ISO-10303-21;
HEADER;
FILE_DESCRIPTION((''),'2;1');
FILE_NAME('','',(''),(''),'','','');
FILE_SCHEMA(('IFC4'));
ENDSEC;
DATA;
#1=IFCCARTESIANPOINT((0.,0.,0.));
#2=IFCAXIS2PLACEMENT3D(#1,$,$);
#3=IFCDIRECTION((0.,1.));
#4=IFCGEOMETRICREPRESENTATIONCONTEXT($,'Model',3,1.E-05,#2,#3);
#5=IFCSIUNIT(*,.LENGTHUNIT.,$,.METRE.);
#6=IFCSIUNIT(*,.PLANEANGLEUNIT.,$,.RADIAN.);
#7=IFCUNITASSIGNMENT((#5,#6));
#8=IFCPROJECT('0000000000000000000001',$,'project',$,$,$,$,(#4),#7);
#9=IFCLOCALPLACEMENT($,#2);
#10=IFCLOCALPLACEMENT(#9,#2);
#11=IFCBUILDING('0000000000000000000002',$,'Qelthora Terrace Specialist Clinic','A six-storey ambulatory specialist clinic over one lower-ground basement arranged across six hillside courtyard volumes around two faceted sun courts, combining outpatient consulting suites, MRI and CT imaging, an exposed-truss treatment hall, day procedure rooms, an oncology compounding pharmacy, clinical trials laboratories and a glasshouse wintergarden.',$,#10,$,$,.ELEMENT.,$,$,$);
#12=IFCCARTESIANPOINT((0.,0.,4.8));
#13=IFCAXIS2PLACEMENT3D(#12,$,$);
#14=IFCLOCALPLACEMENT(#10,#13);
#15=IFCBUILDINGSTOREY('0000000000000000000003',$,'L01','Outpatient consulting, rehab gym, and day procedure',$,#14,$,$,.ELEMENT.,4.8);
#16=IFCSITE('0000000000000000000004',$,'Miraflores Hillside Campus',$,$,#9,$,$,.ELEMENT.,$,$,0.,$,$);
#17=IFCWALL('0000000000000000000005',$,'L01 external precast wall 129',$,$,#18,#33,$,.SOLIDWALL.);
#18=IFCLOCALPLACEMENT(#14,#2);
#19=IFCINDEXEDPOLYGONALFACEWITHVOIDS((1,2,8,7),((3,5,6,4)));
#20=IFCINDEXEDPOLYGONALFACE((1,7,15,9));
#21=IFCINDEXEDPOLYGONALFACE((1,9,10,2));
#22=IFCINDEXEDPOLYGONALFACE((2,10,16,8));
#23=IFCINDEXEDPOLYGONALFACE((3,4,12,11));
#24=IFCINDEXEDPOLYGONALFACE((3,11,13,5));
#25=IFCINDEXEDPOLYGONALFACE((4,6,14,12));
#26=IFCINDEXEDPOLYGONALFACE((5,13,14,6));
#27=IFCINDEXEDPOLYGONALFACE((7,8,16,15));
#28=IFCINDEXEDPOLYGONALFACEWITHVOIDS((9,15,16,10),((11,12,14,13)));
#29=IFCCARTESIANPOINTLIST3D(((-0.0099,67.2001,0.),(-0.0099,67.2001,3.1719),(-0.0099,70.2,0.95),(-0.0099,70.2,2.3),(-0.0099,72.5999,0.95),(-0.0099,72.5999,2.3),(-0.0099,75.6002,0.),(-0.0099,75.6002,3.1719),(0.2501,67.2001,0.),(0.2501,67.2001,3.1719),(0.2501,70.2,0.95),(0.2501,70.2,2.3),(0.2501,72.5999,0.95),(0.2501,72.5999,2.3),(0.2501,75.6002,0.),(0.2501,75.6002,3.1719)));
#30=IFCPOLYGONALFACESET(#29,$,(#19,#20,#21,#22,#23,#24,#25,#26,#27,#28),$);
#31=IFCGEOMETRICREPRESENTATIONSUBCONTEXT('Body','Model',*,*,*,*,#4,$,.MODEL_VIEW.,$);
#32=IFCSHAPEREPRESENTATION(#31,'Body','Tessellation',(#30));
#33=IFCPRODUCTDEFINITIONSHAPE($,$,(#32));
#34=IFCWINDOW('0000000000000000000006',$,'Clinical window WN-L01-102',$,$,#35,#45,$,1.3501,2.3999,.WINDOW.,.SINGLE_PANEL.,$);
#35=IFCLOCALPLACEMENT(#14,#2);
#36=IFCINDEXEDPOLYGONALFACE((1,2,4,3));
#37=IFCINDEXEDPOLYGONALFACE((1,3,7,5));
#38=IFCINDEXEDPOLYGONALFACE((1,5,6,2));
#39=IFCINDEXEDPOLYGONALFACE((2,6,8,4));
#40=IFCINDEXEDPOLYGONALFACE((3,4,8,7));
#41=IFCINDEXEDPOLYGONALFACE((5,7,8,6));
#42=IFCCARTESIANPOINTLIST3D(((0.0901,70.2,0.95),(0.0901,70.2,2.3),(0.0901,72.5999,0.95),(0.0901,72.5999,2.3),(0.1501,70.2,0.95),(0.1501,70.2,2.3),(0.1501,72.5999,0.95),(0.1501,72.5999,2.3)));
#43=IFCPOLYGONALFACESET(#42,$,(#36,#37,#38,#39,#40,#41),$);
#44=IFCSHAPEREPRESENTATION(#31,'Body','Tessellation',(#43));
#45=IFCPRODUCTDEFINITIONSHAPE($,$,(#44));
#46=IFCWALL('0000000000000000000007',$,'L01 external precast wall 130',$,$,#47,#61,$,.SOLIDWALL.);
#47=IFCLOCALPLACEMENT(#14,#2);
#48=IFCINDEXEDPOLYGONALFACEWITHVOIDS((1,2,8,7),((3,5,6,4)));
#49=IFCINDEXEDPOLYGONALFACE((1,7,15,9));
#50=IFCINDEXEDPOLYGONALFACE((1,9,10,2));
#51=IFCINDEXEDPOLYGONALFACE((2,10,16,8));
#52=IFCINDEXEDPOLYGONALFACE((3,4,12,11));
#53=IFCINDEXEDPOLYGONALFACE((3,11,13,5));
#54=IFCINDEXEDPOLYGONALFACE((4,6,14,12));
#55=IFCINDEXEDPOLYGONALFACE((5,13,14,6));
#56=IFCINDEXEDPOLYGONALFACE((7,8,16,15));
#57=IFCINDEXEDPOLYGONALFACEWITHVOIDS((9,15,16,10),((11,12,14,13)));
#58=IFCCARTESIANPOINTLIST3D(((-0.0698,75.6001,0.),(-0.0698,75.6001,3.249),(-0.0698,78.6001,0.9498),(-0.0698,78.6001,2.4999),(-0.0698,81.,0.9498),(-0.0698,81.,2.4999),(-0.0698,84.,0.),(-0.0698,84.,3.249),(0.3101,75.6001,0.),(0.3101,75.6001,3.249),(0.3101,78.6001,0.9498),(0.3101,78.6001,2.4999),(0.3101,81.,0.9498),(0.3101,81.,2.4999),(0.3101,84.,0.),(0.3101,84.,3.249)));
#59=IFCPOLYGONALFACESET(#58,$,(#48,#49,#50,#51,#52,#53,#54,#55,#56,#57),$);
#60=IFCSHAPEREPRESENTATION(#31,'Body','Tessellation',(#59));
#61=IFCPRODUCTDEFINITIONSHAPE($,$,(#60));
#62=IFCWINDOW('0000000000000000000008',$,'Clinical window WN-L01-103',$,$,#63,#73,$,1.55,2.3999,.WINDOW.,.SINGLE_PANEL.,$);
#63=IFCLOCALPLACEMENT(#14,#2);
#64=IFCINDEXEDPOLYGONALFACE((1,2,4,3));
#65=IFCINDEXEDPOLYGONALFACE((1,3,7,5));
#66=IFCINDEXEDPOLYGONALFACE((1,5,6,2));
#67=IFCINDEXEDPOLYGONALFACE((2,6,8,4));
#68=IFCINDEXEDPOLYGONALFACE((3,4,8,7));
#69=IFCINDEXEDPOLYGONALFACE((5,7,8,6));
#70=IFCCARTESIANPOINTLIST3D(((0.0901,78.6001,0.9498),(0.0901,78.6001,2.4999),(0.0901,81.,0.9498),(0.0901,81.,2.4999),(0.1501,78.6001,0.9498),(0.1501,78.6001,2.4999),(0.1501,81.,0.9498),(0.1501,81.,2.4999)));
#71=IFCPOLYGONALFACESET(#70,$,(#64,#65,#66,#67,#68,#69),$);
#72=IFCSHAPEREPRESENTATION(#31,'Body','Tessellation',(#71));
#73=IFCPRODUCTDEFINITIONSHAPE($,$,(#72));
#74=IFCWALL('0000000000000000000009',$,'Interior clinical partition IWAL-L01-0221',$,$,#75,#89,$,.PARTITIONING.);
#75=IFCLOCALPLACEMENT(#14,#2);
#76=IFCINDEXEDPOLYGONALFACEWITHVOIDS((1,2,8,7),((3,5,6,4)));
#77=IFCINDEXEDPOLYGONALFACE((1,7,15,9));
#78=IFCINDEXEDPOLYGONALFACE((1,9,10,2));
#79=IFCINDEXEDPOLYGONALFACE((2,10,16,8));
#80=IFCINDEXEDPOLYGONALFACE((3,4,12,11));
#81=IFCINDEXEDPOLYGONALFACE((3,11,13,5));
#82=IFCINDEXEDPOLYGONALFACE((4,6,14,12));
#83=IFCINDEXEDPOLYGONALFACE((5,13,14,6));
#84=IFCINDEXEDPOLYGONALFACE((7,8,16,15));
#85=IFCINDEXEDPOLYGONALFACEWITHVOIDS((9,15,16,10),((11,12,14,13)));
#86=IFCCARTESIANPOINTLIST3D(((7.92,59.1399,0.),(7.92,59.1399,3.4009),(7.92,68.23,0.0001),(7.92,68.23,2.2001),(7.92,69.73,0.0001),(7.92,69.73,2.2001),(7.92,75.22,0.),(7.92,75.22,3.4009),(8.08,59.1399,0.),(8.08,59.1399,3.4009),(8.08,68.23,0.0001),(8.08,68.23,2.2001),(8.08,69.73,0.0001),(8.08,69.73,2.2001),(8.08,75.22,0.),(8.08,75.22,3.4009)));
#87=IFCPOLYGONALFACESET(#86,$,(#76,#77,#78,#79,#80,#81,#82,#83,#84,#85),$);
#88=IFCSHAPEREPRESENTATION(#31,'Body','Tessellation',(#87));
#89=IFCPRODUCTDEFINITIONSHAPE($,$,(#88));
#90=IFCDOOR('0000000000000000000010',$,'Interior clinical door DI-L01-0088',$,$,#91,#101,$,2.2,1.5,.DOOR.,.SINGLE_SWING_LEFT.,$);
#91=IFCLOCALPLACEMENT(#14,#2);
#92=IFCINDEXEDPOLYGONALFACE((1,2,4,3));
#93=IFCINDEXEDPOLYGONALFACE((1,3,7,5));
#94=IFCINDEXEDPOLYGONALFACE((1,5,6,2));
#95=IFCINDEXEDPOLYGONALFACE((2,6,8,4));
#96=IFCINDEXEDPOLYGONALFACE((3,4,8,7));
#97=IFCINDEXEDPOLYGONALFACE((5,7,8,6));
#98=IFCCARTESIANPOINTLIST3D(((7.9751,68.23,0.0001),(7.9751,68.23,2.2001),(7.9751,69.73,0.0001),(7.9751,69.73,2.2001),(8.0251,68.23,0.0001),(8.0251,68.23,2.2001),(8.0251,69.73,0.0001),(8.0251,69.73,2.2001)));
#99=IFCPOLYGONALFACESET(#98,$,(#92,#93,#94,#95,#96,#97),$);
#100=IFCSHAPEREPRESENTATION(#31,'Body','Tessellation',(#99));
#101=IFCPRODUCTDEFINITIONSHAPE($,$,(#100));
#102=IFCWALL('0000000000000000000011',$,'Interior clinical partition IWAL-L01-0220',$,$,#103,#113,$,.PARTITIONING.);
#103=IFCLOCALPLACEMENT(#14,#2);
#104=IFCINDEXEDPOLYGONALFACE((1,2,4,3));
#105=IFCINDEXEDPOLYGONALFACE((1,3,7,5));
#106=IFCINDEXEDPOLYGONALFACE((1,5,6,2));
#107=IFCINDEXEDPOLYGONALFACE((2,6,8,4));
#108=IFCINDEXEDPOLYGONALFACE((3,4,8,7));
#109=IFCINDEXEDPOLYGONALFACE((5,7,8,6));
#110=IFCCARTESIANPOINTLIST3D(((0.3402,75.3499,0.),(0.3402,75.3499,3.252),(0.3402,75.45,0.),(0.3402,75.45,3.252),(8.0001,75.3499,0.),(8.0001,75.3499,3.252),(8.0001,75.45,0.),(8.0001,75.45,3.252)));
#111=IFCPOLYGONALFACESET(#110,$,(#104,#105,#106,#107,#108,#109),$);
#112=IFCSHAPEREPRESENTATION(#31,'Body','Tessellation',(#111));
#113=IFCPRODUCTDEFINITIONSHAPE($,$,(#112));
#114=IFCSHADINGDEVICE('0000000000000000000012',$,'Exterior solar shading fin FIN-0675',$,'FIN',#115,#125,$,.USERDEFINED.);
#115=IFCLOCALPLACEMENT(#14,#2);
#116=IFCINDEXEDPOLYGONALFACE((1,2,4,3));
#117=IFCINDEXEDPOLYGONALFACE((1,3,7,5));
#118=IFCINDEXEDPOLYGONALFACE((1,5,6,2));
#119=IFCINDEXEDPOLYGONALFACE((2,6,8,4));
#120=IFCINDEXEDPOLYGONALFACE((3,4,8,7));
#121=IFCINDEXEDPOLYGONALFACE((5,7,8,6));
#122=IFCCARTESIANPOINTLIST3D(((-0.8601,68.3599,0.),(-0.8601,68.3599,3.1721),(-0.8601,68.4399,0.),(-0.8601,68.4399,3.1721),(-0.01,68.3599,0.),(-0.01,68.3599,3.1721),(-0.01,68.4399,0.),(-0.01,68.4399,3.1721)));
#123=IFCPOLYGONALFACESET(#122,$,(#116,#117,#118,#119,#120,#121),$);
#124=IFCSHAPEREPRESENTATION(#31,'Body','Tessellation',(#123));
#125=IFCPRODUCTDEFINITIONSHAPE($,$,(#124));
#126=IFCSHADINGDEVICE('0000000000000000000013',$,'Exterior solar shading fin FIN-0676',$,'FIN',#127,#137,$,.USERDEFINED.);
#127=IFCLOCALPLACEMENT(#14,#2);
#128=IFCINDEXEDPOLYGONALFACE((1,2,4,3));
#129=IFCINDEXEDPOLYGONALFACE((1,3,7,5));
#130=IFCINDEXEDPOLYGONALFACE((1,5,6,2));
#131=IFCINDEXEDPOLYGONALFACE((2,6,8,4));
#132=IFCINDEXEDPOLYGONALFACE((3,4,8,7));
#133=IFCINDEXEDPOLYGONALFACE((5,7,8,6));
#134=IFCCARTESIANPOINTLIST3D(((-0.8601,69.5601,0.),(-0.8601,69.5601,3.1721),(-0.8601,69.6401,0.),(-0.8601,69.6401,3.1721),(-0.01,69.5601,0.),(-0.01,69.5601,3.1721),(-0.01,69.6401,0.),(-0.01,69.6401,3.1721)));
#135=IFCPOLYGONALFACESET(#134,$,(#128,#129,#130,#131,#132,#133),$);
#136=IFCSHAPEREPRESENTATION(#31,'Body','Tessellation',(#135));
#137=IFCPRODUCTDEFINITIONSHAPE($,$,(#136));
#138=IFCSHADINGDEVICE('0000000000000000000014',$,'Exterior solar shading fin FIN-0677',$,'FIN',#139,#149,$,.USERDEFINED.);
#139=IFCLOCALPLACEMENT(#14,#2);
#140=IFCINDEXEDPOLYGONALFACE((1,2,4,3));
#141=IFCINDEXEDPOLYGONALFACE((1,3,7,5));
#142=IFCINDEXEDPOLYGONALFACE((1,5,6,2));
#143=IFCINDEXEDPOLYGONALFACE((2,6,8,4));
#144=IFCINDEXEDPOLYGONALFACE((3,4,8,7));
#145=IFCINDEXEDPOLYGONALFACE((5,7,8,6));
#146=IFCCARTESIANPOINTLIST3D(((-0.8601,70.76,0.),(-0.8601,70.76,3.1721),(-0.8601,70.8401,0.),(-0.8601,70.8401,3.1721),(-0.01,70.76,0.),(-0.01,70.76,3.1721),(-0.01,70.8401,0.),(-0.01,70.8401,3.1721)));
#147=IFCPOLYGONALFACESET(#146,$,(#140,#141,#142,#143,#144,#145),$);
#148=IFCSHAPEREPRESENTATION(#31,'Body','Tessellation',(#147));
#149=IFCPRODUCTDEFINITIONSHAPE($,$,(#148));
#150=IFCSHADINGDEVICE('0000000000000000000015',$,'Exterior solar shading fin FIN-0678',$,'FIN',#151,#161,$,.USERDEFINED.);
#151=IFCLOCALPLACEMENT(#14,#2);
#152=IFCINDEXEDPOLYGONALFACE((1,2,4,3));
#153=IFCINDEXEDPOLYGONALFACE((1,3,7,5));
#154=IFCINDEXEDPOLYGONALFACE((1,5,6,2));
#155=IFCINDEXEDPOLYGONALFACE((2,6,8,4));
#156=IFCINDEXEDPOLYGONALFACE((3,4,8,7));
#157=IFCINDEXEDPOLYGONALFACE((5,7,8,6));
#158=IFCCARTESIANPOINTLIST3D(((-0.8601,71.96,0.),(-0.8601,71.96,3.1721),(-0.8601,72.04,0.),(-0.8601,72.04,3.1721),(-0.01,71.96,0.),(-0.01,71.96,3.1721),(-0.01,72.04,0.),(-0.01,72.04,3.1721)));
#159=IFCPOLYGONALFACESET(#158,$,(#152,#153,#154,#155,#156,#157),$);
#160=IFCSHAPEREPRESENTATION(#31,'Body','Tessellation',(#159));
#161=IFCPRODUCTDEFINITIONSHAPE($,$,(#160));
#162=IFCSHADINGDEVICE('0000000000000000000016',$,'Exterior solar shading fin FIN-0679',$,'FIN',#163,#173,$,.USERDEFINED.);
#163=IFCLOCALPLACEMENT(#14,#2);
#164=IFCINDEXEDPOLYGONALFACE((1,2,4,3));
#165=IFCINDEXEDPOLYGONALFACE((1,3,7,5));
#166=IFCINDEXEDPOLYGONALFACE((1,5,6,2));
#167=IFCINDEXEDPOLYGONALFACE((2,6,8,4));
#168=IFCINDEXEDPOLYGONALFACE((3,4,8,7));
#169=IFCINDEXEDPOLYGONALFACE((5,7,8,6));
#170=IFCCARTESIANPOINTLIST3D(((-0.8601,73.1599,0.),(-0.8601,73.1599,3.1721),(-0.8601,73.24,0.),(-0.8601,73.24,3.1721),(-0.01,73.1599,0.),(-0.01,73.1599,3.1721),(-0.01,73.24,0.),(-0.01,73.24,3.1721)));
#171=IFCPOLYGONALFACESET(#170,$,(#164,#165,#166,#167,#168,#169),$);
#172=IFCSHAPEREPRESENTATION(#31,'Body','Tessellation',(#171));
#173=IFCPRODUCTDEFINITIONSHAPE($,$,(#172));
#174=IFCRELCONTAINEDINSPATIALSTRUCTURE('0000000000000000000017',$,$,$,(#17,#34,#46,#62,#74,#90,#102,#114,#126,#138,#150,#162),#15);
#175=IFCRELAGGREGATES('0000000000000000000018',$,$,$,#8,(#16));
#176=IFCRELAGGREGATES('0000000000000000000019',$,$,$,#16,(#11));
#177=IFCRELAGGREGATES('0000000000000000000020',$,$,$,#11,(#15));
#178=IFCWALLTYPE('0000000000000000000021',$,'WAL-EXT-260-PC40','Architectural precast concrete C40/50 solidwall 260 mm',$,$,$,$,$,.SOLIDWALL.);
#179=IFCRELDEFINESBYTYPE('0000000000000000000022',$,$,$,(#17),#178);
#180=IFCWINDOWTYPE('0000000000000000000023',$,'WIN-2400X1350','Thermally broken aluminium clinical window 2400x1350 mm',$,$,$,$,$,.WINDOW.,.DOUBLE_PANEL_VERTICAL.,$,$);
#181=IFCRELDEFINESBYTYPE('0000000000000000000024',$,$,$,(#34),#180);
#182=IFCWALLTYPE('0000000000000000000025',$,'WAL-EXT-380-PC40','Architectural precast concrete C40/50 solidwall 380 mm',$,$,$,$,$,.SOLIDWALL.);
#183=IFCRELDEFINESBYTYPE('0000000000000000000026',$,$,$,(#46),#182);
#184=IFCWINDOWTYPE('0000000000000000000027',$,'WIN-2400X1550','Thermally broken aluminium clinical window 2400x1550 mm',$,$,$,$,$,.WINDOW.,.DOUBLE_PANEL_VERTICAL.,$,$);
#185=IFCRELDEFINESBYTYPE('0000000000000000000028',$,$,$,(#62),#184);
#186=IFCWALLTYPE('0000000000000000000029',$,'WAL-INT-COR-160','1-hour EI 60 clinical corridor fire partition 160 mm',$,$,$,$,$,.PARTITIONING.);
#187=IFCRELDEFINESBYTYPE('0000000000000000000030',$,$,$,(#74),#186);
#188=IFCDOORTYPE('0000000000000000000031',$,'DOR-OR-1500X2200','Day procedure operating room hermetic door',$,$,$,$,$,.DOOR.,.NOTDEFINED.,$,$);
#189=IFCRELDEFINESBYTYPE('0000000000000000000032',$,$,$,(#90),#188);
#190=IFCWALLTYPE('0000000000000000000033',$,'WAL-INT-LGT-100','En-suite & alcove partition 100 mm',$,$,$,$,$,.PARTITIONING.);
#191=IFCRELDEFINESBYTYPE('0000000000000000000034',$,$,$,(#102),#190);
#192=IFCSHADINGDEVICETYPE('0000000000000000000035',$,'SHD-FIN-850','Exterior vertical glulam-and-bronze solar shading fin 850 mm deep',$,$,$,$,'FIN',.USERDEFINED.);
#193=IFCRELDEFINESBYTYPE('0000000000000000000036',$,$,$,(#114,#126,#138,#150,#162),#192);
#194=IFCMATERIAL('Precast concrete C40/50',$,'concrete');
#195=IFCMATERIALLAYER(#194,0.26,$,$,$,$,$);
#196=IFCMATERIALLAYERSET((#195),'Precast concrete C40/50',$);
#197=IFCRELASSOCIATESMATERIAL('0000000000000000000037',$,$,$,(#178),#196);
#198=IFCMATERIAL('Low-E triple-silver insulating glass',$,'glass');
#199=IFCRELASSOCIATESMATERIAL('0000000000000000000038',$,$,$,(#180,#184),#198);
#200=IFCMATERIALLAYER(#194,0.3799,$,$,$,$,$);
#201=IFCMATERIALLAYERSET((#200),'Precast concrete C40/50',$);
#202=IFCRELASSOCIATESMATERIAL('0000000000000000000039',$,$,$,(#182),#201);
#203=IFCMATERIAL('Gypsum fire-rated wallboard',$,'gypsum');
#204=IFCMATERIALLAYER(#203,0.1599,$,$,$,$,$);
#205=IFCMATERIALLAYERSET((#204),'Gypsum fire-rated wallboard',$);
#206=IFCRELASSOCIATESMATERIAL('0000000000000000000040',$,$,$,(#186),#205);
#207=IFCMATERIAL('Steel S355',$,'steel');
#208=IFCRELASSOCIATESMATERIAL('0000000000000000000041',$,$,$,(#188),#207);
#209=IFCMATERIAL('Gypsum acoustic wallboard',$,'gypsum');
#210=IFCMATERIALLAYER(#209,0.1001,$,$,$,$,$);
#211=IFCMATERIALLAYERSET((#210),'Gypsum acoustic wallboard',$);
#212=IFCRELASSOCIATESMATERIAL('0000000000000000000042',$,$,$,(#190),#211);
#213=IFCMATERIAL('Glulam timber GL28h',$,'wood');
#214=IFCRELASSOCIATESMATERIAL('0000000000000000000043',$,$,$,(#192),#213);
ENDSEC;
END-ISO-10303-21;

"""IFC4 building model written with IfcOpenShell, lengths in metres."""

from ifc_helpers import new_model, si_unit, direction, frame, frame_2d, origin, origin_2d, place, context, subcontext, project, spatial, rectangle, extrude, material, layer, layer_set, type_object, element, fill, save


model = new_model("IFC4")

# Units and contexts
model_context = context("Model", 3, precision=1e-05, world=origin(), true_north=direction((0.0, 1.0)))
body_context = subcontext(model_context, "Body", "Model", "MODEL_VIEW")
ifc_project = project(units=[si_unit("LENGTHUNIT", "METRE"), si_unit("PLANEANGLEUNIT", "RADIAN")], contexts=[model_context])

# Site, building, storey
site_placement = place(None, origin())
site = spatial("IfcSite", under=ifc_project, at=site_placement, Name="Miraflores Hillside Campus", CompositionType="ELEMENT", RefElevation=0.0)
building_placement = place(site_placement, origin())
building = spatial("IfcBuilding", under=site, at=building_placement, Name="Qelthora Terrace Specialist Clinic", Description="A six-storey ambulatory specialist clinic over one lower-ground basement arranged across six hillside courtyard volumes around two faceted sun courts, combining outpatient consulting suites, MRI and CT imaging, an exposed-truss treatment hall, day procedure rooms, an oncology compounding pharmacy, clinical trials laboratories and a glasshouse wintergarden.", CompositionType="ELEMENT")
storey_placement = place(building_placement, frame((0.0, 0.0, 4.8)))
storey = spatial("IfcBuildingStorey", under=building, at=storey_placement, Name="L01", Description="Outpatient consulting, rehab gym, and day procedure", CompositionType="ELEMENT", Elevation=4.8)

# Shared definitions
ifc_material_1 = material(Name="Steel S355", Category="steel")

# Walls, openings, windows
ifc_material_2 = material(Name="Precast concrete C40/50", Category="concrete")
ifc_layer_1 = layer(ifc_material_2, 0.26)
ifc_layer_set_1 = layer_set([ifc_layer_1], Name="Precast concrete C40/50")
wall_type_1 = type_object("IfcWallType", Name="WAL-EXT-260-PC40", Description="Architectural precast concrete C40/50 solidwall 260 mm", PredefinedType="SOLIDWALL", material=ifc_layer_set_1)
wall_1_placement = place(storey_placement, frame((0.1201, 67.2, 0.0), z_axis=(0.0, 0.0, 1.0), x_axis=(0.0, 1.0, 0.0)))
wall_1 = element("IfcWall", 1, at=wall_1_placement, inside=storey, type_object=wall_type_1, Name="L01 external precast wall 129", PredefinedType="SOLIDWALL", context=body_context, shape_type="SweptSolid", body=[
    extrude(rectangle(XDim=8.4001, YDim=0.26, at=frame_2d((4.2002, 0.0))), origin(), (0.0, 0.0, 1.0), 3.1719),
])
opening_1_placement = place(wall_1_placement, frame((3.0, 0.0, 0.95)))
opening_1 = element("IfcOpeningElement", 2, at=opening_1_placement, cuts=wall_1, PredefinedType="OPENING", context=body_context, shape_type="SweptSolid", body=[
    extrude(rectangle(XDim=2.3999, YDim=1.3501, at=frame_2d((1.2, 0.675))), frame((0.0, 0.1399, 0.0), z_axis=(0.0, -1.0, 0.0), x_axis=(1.0, 0.0, 0.0)), (0.0, 0.0, 1.0), 0.28),
])
ifc_material_3 = material(Name="Low-E triple-silver insulating glass", Category="glass")
window_type_1 = type_object("IfcWindowType", Name="WIN-2400X1350", Description="Thermally broken aluminium clinical window 2400x1350 mm", PartitioningType="DOUBLE_PANEL_VERTICAL", PredefinedType="WINDOW", material=ifc_material_3)
window_1_placement = place(opening_1_placement, origin())
window_1 = element("IfcWindow", 3, at=window_1_placement, inside=storey, type_object=window_type_1, Name="Clinical window WN-L01-102", OverallHeight=1.3501, OverallWidth=2.3999, PartitioningType="SINGLE_PANEL", PredefinedType="WINDOW", context=body_context, shape_type="SweptSolid", body=[
    extrude(rectangle(XDim=2.3999, YDim=1.3501, at=frame_2d((1.2, 0.675))), frame((0.0, 0.03, 0.0), z_axis=(0.0, -1.0, 0.0), x_axis=(1.0, 0.0, 0.0)), (0.0, 0.0, 1.0), 0.0601),
])
fill(opening_1, window_1)
ifc_layer_2 = layer(ifc_material_2, 0.3799)
ifc_layer_set_2 = layer_set([ifc_layer_2], Name="Precast concrete C40/50")
wall_type_2 = type_object("IfcWallType", Name="WAL-EXT-380-PC40", Description="Architectural precast concrete C40/50 solidwall 380 mm", PredefinedType="SOLIDWALL", material=ifc_layer_set_2)
wall_2_placement = place(storey_placement, frame((0.1201, 75.6001, 0.0), z_axis=(0.0, 0.0, 1.0), x_axis=(0.0, 1.0, 0.0)))
wall_2 = element("IfcWall", 4, at=wall_2_placement, inside=storey, type_object=wall_type_2, Name="L01 external precast wall 130", PredefinedType="SOLIDWALL", context=body_context, shape_type="SweptSolid", body=[
    extrude(rectangle(XDim=8.3999, YDim=0.3799, at=frame_2d((4.2, 0.0))), origin(), (0.0, 0.0, 1.0), 3.249),
])
opening_2_placement = place(wall_2_placement, frame((3.0, 0.0, 0.95)))
opening_2 = element("IfcOpeningElement", 5, at=opening_2_placement, cuts=wall_2, PredefinedType="OPENING", context=body_context, shape_type="SweptSolid", body=[
    extrude(rectangle(XDim=2.3999, YDim=1.55, at=frame_2d((1.2, 0.7749))), frame((0.0, 0.2, 0.0), z_axis=(0.0, -1.0, 0.0), x_axis=(1.0, 0.0, 0.0)), (0.0, 0.0, 1.0), 0.3999),
])
window_type_2 = type_object("IfcWindowType", Name="WIN-2400X1550", Description="Thermally broken aluminium clinical window 2400x1550 mm", PartitioningType="DOUBLE_PANEL_VERTICAL", PredefinedType="WINDOW", material=ifc_material_3)
window_2_placement = place(opening_2_placement, origin())
window_2 = element("IfcWindow", 6, at=window_2_placement, inside=storey, type_object=window_type_2, Name="Clinical window WN-L01-103", OverallHeight=1.55, OverallWidth=2.3999, PartitioningType="SINGLE_PANEL", PredefinedType="WINDOW", context=body_context, shape_type="SweptSolid", body=[
    extrude(rectangle(XDim=2.3999, YDim=1.55, at=frame_2d((1.2, 0.7749))), frame((0.0, 0.03, 0.0), z_axis=(0.0, -1.0, 0.0), x_axis=(1.0, 0.0, 0.0)), (0.0, 0.0, 1.0), 0.0601),
])
fill(opening_2, window_2)

# Wall, opening, door
ifc_material_4 = material(Name="Gypsum fire-rated wallboard", Category="gypsum")
ifc_layer_3 = layer(ifc_material_4, 0.1599)
ifc_layer_set_3 = layer_set([ifc_layer_3], Name="Gypsum fire-rated wallboard")
wall_type_3 = type_object("IfcWallType", Name="WAL-INT-COR-160", Description="1-hour EI 60 clinical corridor fire partition 160 mm", PredefinedType="PARTITIONING", material=ifc_layer_set_3)
wall_3_placement = place(storey_placement, frame((8.0, 75.22, 0.0), z_axis=(0.0, 0.0, 1.0), x_axis=(0.0, -1.0, 0.0)))
wall_3 = element("IfcWall", 7, at=wall_3_placement, inside=storey, type_object=wall_type_3, Name="Interior clinical partition IWAL-L01-0221", PredefinedType="PARTITIONING", context=body_context, shape_type="SweptSolid", body=[
    extrude(rectangle(XDim=16.0801, YDim=0.1599, at=frame_2d((8.04, 0.0))), origin(), (0.0, 0.0, 1.0), 3.4009),
])
opening_3_placement = place(wall_3_placement, frame((5.49, 0.0, 0.0)))
opening_3 = element("IfcOpeningElement", 8, at=opening_3_placement, cuts=wall_3, PredefinedType="OPENING", context=body_context, shape_type="SweptSolid", body=[
    extrude(rectangle(XDim=1.5, YDim=2.2, at=frame_2d((0.75, 1.1001))), frame((0.0, 0.0898, 0.0), z_axis=(0.0, -1.0, 0.0), x_axis=(1.0, 0.0, 0.0)), (0.0, 0.0, 1.0), 0.1799),
])
door_type = type_object("IfcDoorType", Name="DOR-OR-1500X2200", Description="Day procedure operating room hermetic door", OperationType="NOTDEFINED", PredefinedType="DOOR", material=ifc_material_1)
door_placement = place(opening_3_placement, frame((1.5, 0.0, 0.0), z_axis=(0.0, 0.0, 1.0), x_axis=(-1.0, 0.0, 0.0)))
door = element("IfcDoor", 9, at=door_placement, inside=storey, type_object=door_type, Name="Interior clinical door DI-L01-0088", OperationType="SINGLE_SWING_LEFT", OverallHeight=2.2, OverallWidth=1.5, PredefinedType="DOOR", context=body_context, shape_type="SweptSolid", body=[
    extrude(rectangle(XDim=1.5, YDim=2.2, at=frame_2d((0.75, 1.1001))), frame((0.0, 0.0249, 0.0), z_axis=(0.0, -1.0, 0.0), x_axis=(1.0, 0.0, 0.0)), (0.0, 0.0, 1.0), 0.05),
])
fill(opening_3, door)

# Wall
ifc_material_5 = material(Name="Gypsum acoustic wallboard", Category="gypsum")
ifc_layer_4 = layer(ifc_material_5, 0.1001)
ifc_layer_set_4 = layer_set([ifc_layer_4], Name="Gypsum acoustic wallboard")
wall_type_4 = type_object("IfcWallType", Name="WAL-INT-LGT-100", Description="En-suite & alcove partition 100 mm", PredefinedType="PARTITIONING", material=ifc_layer_set_4)
wall_4_placement = place(storey_placement, frame((0.3401, 75.3999, 0.0), z_axis=(0.0, 0.0, 1.0), x_axis=(1.0, 0.0, 0.0)))
element("IfcWall", 10, at=wall_4_placement, inside=storey, type_object=wall_type_4, Name="Interior clinical partition IWAL-L01-0220", PredefinedType="PARTITIONING", context=body_context, shape_type="SweptSolid", body=[
    extrude(rectangle(XDim=7.6599, YDim=0.1001, at=frame_2d((3.8301, 0.0))), origin(), (0.0, 0.0, 1.0), 3.252),
])

# Shading devices
ifc_material_6 = material(Name="Glulam timber GL28h", Category="wood")
shading_device_type = type_object("IfcShadingDeviceType", Name="SHD-FIN-850", Description="Exterior vertical glulam-and-bronze solar shading fin 850 mm deep", ElementType="FIN", PredefinedType="USERDEFINED", material=ifc_material_6)
for number, where, z_axis, x_axis, name in (
    (11, (-0.4351, 68.3999, 0.0), (0.0, 0.0, 1.0), (-1.0, 0.0, 0.0), "Exterior solar shading fin FIN-0675"),
    (12, (-0.4351, 69.6001, 0.0), (0.0, 0.0, 1.0), (-1.0, 0.0, 0.0), "Exterior solar shading fin FIN-0676"),
    (13, (-0.4351, 70.8, 0.0), (0.0, 0.0, 1.0), (-1.0, 0.0, 0.0), "Exterior solar shading fin FIN-0677"),
    (14, (-0.4351, 72.0, 0.0), (0.0, 0.0, 1.0), (-1.0, 0.0, 0.0), "Exterior solar shading fin FIN-0678"),
    (15, (-0.4351, 73.2, 0.0), (0.0, 0.0, 1.0), (-1.0, 0.0, 0.0), "Exterior solar shading fin FIN-0679"),
):
    element("IfcShadingDevice", number, at=place(storey_placement, frame(where, z_axis=z_axis, x_axis=x_axis)), inside=storey, type_object=shading_device_type, Name=name, ObjectType="FIN", PredefinedType="USERDEFINED", context=body_context, shape_type="SweptSolid", body=[
        extrude(rectangle(XDim=0.8501, YDim=0.0801, at=origin_2d()), origin(), (0.0, 0.0, 1.0), 3.1721),
    ])

save(model, "model.ifc")
